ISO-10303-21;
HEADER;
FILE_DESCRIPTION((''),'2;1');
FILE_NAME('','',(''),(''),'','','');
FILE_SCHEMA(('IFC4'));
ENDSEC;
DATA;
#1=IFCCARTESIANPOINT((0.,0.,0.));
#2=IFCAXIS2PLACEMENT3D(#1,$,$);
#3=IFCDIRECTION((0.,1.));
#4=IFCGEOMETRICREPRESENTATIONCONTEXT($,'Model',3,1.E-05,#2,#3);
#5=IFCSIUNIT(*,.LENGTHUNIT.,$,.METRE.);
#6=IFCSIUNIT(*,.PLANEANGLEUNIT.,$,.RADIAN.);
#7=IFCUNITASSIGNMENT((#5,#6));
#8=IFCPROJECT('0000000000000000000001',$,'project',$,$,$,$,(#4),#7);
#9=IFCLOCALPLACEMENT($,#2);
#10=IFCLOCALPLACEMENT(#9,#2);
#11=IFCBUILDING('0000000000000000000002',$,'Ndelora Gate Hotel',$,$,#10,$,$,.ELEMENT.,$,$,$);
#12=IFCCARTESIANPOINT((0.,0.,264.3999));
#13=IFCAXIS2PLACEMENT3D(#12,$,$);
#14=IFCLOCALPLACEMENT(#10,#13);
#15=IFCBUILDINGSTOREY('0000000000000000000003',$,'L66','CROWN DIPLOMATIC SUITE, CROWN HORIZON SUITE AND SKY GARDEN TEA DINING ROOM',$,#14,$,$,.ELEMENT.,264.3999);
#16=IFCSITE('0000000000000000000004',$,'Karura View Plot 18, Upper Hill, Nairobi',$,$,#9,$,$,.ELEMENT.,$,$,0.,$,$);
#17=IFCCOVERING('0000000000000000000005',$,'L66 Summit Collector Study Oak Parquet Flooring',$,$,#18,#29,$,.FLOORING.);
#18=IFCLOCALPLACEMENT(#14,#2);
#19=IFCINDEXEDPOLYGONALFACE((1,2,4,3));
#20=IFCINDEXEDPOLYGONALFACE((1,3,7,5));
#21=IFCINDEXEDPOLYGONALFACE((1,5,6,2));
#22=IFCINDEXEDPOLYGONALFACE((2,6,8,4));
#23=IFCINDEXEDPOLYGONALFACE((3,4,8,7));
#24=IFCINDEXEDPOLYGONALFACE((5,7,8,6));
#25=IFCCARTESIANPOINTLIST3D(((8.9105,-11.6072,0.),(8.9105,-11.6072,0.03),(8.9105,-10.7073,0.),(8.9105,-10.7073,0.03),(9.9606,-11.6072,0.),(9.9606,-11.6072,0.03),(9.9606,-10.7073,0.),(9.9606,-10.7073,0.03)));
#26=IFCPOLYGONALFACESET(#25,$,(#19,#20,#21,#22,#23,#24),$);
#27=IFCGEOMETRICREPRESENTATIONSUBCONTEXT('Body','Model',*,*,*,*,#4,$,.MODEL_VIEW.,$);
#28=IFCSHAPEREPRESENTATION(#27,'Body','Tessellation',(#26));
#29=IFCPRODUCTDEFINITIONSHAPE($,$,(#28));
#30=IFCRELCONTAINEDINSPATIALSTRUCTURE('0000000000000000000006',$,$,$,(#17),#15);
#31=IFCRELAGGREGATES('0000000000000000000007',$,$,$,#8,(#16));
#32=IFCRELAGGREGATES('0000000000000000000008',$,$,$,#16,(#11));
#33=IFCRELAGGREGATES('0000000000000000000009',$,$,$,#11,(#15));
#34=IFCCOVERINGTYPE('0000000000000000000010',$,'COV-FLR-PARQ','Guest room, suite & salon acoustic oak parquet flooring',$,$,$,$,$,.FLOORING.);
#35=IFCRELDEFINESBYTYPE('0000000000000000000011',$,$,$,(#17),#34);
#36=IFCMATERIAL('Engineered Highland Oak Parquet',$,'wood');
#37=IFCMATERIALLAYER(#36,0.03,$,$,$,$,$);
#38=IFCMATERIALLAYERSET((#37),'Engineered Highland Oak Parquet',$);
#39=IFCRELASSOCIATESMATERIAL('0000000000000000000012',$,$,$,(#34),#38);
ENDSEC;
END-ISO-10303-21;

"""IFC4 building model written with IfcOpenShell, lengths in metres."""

from ifc_helpers import new_model, si_unit, direction, frame, origin, origin_2d, place, context, subcontext, project, spatial, rectangle, extrude, material, layer, layer_set, type_object, element, save


model = new_model("IFC4")

# Units and contexts
model_context = context("Model", 3, precision=1e-05, world=origin(), true_north=direction((0.0, 1.0)))
body_context = subcontext(model_context, "Body", "Model", "MODEL_VIEW")
ifc_project = project(units=[si_unit("LENGTHUNIT", "METRE"), si_unit("PLANEANGLEUNIT", "RADIAN")], contexts=[model_context])

# Site, building, storey
site_placement = place(None, origin())
site = spatial("IfcSite", under=ifc_project, at=site_placement, Name="Karura View Plot 18, Upper Hill, Nairobi", CompositionType="ELEMENT", RefElevation=0.0)
building_placement = place(site_placement, origin())
building = spatial("IfcBuilding", under=site, at=building_placement, Name="Ndelora Gate Hotel", CompositionType="ELEMENT")
storey_placement = place(building_placement, frame((0.0, 0.0, 264.3999)))
storey = spatial("IfcBuildingStorey", under=building, at=storey_placement, Name="L66", Description="CROWN DIPLOMATIC SUITE, CROWN HORIZON SUITE AND SKY GARDEN TEA DINING ROOM", CompositionType="ELEMENT", Elevation=264.3999)

# Covering
ifc_material_1 = material(Name="Engineered Highland Oak Parquet", Category="wood")
ifc_layer_1 = layer(ifc_material_1, 0.03)
ifc_layer_set_1 = layer_set([ifc_layer_1], Name="Engineered Highland Oak Parquet")
covering_type_1 = type_object("IfcCoveringType", Name="COV-FLR-PARQ", Description="Guest room, suite & salon acoustic oak parquet flooring", PredefinedType="FLOORING", material=ifc_layer_set_1)
covering_1_placement = place(storey_placement, frame((9.4355, -11.1572, 0.0), z_axis=(0.0, 0.0, 1.0), x_axis=(1.0, 0.0, 0.0)))
element("IfcCovering", 1, at=covering_1_placement, inside=storey, type_object=covering_type_1, Name="L66 Summit Collector Study Oak Parquet Flooring", PredefinedType="FLOORING", context=body_context, shape_type="SweptSolid", body=[
    extrude(rectangle(XDim=1.05, YDim=0.8999, at=origin_2d()), origin(), (0.0, 0.0, 1.0), 0.03),
])

save(model, "model.ifc")
